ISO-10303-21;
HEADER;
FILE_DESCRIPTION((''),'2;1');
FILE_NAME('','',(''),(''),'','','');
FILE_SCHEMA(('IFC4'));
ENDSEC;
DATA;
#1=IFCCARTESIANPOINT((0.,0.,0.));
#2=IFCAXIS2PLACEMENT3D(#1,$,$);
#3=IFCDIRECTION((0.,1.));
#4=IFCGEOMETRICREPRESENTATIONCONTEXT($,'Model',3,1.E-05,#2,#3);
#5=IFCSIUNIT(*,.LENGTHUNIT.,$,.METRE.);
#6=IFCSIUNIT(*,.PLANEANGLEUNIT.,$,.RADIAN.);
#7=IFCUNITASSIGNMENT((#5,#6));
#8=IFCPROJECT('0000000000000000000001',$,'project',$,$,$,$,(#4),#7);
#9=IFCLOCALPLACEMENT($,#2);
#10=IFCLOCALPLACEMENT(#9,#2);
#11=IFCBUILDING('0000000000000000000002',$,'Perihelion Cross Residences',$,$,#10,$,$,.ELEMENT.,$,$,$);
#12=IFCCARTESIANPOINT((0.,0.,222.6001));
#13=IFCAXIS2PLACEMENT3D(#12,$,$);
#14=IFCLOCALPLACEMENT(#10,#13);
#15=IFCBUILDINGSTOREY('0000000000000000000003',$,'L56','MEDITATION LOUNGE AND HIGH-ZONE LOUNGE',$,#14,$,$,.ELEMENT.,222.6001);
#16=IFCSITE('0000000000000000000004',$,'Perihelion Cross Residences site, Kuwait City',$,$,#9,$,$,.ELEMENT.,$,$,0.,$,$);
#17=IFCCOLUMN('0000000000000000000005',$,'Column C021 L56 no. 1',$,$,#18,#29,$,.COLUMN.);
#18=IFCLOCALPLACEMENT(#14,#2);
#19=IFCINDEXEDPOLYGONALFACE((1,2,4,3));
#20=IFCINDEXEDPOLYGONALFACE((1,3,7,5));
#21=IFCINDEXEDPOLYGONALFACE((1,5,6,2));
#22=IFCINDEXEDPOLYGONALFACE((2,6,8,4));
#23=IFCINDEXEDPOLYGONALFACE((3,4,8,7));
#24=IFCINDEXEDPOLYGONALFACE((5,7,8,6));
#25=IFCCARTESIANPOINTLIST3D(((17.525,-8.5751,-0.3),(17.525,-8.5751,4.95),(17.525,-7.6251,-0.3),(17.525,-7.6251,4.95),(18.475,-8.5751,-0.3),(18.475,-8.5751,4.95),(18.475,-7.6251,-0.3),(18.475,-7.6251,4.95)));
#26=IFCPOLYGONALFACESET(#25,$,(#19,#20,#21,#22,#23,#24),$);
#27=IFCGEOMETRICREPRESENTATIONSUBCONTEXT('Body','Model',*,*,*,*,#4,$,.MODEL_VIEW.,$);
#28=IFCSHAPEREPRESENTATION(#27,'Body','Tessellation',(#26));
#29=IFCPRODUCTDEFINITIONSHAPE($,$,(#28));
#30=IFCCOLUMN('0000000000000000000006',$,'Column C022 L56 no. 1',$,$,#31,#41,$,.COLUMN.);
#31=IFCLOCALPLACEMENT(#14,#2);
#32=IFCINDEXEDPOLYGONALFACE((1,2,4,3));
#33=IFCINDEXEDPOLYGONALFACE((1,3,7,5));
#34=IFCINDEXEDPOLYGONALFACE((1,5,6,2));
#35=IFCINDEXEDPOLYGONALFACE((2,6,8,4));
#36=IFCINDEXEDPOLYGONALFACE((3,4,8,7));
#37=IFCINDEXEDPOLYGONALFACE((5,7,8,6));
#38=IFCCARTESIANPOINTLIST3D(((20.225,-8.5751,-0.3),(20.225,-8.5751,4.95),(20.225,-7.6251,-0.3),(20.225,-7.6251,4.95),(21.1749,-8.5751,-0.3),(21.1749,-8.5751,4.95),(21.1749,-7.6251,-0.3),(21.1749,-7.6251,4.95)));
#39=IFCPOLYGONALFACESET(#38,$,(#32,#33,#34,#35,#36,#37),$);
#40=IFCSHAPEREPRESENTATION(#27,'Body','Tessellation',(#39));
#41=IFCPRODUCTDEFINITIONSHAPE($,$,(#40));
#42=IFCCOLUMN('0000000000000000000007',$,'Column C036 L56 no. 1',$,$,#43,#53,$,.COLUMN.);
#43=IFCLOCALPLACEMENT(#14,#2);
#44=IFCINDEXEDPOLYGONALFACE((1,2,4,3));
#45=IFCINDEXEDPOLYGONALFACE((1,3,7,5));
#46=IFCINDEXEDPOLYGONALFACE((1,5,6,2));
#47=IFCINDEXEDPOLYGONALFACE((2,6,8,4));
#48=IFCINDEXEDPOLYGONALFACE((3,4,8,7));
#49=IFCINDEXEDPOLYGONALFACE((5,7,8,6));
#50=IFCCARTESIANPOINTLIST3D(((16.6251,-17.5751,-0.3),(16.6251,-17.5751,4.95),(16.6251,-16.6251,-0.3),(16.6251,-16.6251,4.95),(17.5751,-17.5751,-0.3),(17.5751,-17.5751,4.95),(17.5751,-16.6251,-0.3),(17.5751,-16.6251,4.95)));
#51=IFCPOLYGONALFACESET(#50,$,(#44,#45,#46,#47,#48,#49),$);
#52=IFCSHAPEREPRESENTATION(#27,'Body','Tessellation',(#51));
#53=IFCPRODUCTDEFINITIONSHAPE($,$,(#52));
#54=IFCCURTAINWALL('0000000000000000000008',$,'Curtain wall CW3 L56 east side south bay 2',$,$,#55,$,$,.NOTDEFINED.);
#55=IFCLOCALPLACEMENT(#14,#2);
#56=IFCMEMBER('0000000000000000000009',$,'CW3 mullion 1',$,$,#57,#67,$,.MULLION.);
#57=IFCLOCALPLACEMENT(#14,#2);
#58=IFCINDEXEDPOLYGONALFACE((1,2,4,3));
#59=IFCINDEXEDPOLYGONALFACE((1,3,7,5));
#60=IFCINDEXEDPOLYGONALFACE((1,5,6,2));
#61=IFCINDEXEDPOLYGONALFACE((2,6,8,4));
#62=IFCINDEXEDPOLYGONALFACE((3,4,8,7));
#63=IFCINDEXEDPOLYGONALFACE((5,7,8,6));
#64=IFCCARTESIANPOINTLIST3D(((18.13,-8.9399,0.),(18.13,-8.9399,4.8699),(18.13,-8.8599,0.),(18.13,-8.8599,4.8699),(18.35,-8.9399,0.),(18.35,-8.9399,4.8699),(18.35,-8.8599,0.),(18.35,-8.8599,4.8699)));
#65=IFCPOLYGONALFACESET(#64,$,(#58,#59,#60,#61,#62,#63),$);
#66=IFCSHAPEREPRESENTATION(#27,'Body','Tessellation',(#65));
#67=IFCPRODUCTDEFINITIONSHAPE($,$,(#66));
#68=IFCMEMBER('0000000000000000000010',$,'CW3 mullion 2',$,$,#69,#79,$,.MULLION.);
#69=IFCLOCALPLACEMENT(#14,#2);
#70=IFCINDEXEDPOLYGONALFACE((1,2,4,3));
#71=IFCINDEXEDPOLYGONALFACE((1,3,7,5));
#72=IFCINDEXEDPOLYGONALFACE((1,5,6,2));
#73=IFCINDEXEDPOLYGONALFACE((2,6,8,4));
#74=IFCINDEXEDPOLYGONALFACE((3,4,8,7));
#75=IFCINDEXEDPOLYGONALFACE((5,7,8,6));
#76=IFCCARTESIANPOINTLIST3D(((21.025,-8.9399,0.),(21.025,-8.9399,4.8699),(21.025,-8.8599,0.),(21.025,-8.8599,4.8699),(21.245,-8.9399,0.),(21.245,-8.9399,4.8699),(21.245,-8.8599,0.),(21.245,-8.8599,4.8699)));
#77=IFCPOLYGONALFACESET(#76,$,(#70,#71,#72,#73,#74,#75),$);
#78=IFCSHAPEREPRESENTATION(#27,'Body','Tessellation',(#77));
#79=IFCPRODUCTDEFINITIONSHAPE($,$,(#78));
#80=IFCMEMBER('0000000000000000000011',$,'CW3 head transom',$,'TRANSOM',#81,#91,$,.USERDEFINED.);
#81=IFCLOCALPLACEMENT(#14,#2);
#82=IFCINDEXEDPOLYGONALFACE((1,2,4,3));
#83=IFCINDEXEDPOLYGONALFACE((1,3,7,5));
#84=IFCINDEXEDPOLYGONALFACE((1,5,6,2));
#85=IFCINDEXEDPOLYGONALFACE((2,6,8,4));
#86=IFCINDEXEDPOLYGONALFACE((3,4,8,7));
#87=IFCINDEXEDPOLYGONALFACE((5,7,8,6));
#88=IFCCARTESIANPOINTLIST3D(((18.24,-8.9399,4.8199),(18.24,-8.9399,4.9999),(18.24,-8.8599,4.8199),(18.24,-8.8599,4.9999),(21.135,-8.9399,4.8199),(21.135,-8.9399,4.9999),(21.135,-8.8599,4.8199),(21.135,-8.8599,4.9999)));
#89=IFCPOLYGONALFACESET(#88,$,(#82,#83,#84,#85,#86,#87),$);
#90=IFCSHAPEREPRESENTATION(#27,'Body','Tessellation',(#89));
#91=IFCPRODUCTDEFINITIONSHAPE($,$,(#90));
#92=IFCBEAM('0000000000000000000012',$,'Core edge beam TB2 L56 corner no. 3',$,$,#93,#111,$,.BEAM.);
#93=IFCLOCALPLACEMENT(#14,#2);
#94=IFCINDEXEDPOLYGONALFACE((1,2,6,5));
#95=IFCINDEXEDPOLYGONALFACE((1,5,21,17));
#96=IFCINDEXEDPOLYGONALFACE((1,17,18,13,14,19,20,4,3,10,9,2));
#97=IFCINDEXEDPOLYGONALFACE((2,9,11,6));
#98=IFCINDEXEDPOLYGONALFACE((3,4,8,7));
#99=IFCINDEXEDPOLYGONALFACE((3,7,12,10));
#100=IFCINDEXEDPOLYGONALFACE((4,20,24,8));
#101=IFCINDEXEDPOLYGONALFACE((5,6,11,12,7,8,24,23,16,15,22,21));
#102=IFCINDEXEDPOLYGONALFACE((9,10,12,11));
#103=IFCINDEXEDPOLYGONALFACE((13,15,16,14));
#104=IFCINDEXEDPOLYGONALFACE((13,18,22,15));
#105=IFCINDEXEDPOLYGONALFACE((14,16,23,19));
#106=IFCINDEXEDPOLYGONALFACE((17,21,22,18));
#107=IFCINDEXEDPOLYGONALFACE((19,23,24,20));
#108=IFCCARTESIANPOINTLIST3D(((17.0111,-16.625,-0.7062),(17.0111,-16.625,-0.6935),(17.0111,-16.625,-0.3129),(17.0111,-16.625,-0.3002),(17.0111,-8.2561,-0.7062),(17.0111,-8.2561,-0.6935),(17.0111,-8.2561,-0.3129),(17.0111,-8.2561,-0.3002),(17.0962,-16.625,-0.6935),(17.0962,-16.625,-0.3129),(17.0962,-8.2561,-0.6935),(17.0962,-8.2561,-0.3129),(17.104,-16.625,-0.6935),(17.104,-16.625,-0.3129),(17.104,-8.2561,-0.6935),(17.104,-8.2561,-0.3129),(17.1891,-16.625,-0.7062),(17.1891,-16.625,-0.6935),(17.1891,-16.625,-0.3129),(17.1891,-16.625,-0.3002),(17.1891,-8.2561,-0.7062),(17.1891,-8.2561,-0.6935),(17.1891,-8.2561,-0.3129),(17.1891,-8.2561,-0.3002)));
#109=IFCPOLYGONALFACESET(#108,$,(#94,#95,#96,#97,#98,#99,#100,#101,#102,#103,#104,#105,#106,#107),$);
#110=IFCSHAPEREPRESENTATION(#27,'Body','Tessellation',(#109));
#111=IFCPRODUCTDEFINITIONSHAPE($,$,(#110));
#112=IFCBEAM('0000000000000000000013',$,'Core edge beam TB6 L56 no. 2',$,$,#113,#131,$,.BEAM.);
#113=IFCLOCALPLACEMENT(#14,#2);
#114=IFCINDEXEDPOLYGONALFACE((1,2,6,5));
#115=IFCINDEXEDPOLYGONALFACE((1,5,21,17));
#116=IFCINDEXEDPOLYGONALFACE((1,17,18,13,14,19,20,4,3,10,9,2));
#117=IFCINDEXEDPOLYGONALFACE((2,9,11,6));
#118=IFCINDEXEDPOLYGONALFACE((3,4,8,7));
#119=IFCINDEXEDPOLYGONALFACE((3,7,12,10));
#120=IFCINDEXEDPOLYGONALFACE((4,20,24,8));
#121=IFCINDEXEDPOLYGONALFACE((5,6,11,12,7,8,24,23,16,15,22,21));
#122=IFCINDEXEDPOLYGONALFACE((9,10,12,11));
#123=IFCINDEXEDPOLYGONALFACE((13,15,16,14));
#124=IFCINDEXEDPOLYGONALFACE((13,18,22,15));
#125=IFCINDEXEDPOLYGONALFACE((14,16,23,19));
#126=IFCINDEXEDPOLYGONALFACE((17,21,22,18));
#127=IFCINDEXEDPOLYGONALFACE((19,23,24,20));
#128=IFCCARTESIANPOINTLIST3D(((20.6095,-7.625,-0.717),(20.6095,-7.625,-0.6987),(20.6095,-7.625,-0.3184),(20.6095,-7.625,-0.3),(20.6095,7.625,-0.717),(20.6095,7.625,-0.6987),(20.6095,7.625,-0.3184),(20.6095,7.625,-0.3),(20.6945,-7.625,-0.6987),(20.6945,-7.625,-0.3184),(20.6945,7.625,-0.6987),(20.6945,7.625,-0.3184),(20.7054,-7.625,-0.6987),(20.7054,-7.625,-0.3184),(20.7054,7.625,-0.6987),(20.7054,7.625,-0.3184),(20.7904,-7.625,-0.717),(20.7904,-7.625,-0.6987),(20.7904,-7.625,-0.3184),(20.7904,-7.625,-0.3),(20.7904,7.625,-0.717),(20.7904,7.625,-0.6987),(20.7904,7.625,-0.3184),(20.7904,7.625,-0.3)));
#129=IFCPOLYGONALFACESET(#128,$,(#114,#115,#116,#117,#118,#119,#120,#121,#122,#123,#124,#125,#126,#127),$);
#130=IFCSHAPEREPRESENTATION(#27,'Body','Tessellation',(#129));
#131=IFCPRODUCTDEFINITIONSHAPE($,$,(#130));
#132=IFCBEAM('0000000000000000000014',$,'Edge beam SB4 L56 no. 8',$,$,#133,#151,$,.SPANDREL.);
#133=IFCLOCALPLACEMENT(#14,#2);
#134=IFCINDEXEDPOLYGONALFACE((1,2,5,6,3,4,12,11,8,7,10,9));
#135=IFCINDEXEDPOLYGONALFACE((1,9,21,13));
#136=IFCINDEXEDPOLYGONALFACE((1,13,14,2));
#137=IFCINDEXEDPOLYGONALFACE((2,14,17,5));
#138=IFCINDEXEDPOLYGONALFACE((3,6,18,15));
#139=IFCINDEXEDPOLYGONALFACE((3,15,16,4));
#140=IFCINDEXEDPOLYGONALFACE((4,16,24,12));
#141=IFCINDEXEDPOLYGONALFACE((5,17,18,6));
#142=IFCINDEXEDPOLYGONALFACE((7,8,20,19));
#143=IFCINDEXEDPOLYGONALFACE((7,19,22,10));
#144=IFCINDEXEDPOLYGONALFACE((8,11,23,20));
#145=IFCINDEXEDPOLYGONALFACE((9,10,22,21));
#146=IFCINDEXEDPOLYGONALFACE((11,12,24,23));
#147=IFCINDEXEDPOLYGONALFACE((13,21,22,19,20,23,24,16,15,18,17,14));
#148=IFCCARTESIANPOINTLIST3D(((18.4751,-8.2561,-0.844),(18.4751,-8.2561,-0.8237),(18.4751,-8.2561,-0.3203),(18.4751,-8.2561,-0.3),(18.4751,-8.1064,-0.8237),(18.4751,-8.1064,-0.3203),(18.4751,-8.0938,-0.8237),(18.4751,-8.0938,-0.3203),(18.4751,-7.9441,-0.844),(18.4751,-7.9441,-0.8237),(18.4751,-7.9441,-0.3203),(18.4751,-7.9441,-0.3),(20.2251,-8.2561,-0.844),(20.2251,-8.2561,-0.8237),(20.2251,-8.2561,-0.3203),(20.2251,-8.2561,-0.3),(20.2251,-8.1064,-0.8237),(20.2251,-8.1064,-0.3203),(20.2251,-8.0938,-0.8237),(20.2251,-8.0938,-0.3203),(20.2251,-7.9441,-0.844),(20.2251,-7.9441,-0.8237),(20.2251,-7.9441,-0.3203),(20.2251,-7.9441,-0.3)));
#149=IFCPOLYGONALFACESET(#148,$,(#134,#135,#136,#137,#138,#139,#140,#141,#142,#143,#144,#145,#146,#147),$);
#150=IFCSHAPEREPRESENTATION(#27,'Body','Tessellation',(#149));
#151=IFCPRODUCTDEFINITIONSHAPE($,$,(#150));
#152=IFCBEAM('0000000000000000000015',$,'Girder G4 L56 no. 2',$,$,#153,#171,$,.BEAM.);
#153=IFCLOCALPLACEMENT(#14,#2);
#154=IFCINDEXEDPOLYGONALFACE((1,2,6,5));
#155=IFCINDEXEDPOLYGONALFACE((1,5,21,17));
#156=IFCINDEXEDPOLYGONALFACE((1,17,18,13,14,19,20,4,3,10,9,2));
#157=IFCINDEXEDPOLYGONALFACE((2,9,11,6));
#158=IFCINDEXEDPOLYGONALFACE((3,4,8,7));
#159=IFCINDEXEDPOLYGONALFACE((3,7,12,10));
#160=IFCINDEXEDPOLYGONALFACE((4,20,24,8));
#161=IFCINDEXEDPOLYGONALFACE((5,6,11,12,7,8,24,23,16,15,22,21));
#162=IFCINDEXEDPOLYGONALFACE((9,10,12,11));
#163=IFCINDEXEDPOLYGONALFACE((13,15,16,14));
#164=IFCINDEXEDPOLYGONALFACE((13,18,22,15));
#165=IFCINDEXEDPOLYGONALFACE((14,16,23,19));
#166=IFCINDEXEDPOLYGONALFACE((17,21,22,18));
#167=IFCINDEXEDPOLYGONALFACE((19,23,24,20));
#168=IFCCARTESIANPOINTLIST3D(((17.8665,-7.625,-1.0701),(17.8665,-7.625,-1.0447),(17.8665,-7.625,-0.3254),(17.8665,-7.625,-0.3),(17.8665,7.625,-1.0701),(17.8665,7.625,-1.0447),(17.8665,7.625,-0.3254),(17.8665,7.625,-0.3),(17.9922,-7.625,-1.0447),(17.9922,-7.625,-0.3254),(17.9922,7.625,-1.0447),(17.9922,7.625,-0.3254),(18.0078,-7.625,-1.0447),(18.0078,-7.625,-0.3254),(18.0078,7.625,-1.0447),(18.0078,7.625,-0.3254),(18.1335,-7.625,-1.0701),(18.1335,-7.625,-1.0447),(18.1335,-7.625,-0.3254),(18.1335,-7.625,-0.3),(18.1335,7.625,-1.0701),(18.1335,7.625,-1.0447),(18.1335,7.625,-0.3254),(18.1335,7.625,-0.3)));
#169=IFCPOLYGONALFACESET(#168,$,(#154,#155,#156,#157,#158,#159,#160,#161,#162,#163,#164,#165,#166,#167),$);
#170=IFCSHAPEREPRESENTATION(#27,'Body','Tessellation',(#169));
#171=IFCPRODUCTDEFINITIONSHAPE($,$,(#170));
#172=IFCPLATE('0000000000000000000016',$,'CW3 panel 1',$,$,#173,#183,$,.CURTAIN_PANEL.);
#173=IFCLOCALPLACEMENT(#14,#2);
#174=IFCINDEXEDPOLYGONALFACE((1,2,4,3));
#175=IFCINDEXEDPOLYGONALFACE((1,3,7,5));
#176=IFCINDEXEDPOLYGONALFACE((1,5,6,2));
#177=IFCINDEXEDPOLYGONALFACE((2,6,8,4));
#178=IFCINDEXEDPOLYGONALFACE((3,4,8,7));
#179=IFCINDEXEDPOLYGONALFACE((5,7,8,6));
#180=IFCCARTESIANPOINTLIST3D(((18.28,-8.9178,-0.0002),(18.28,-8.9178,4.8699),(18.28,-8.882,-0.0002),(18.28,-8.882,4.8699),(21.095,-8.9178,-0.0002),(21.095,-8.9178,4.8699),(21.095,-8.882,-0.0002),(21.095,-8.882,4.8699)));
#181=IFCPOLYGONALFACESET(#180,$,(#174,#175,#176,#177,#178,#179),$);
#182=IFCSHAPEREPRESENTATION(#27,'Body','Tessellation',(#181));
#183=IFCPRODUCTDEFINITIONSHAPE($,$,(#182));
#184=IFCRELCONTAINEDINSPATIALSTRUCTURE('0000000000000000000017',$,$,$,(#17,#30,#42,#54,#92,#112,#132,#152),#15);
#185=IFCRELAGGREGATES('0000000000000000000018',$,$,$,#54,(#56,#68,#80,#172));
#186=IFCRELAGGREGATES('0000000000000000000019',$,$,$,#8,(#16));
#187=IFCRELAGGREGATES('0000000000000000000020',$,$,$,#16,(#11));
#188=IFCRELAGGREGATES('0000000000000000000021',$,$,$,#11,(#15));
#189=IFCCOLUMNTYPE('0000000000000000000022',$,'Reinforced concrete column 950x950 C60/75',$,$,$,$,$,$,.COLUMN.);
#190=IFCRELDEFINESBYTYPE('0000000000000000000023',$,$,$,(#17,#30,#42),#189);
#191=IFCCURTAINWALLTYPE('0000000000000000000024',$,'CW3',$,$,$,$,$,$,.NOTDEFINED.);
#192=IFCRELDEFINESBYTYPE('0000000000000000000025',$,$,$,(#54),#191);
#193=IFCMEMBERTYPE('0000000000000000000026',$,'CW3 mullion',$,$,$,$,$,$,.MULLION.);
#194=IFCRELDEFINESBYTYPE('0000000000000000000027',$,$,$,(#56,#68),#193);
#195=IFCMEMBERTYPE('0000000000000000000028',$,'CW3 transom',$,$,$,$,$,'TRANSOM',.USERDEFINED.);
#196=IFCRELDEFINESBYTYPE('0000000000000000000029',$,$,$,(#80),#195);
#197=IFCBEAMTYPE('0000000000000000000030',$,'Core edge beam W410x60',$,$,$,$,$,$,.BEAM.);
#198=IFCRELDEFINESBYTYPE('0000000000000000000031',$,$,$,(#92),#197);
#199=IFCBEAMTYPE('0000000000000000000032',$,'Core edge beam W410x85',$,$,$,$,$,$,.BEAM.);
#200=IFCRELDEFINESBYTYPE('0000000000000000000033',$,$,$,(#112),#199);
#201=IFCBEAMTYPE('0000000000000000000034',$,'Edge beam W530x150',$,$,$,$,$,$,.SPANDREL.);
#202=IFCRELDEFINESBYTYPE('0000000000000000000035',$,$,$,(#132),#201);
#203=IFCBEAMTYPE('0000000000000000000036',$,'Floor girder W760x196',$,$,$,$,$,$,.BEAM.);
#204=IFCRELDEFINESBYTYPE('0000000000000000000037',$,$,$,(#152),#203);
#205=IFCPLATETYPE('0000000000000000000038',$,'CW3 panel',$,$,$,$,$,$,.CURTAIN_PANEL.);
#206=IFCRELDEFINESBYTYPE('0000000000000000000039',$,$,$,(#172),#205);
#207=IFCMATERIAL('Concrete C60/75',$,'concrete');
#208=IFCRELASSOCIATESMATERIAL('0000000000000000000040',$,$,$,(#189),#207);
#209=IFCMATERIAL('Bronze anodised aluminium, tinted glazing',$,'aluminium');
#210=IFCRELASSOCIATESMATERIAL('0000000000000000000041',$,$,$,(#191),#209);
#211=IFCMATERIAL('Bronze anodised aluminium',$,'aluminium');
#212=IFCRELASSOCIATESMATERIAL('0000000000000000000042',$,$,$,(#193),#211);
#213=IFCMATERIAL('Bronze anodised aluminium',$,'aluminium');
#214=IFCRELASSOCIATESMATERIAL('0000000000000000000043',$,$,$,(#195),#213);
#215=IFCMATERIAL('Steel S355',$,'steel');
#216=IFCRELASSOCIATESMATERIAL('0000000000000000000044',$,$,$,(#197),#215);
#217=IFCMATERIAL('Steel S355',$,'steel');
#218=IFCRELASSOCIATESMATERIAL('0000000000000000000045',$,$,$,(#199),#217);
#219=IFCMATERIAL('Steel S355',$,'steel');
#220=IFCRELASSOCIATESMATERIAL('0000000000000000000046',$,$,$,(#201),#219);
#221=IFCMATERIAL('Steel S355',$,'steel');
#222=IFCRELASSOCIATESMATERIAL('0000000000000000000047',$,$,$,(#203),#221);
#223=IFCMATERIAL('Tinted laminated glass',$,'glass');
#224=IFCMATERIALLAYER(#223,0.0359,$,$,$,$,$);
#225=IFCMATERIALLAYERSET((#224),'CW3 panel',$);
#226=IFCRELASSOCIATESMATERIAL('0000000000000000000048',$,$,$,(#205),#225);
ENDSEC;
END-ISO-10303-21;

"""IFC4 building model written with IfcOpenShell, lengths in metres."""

from ifc_helpers import new_model, si_unit, direction, frame, origin, origin_2d, place, context, subcontext, project, spatial, rectangle, i_section, extrude, material, layer, layer_set, material_profile, profile_set, type_object, element, aggregate, save


model = new_model("IFC4")

# Units and contexts
model_context = context("Model", 3, precision=1e-05, world=origin(), true_north=direction((0.0, 1.0)))
body_context = subcontext(model_context, "Body", "Model", "MODEL_VIEW")
ifc_project = project(units=[si_unit("LENGTHUNIT", "METRE"), si_unit("PLANEANGLEUNIT", "RADIAN")], contexts=[model_context])

# Site, building, storey
site_placement = place(None, origin())
site = spatial("IfcSite", under=ifc_project, at=site_placement, Name="Perihelion Cross Residences site, Kuwait City", CompositionType="ELEMENT", RefElevation=0.0)
building_placement = place(site_placement, origin())
building = spatial("IfcBuilding", under=site, at=building_placement, Name="Perihelion Cross Residences", CompositionType="ELEMENT")
storey_placement = place(building_placement, frame((0.0, 0.0, 222.6001)))
storey = spatial("IfcBuildingStorey", under=building, at=storey_placement, Name="L56", Description="MEDITATION LOUNGE AND HIGH-ZONE LOUNGE", CompositionType="ELEMENT", Elevation=222.6001)

# Columns
ifc_material_1 = material(Name="Concrete C60/75", Category="concrete")
ifc_material_profile_1 = material_profile(ifc_material_1, rectangle(XDim=0.95, YDim=0.95, at=origin_2d()), Name="RC 950x950")
ifc_profile_set_1 = profile_set([ifc_material_profile_1], Name="Concrete C60/75")
column_type = type_object("IfcColumnType", Name="Reinforced concrete column 950x950 C60/75", PredefinedType="COLUMN", material=ifc_profile_set_1)
for number, where, z_axis, x_axis, name in (
    (1, (18.0, -8.1001, -0.3), (0.0, 0.0, 1.0), (1.0, 0.0, 0.0), "Column C021 L56 no. 1"),
    (2, (20.7, -8.1001, -0.3), (0.0, 0.0, 1.0), (1.0, 0.0, 0.0), "Column C022 L56 no. 1"),
    (3, (17.1001, -17.1001, -0.3), (0.0, 0.0, 1.0), (1.0, 0.0, 0.0), "Column C036 L56 no. 1"),
):
    element("IfcColumn", number, at=place(storey_placement, frame(where, z_axis=z_axis, x_axis=x_axis)), inside=storey, type_object=column_type, Name=name, PredefinedType="COLUMN", context=body_context, shape_type="SweptSolid", body=[
        extrude(rectangle(XDim=0.95, YDim=0.95, at=origin_2d()), origin(), (0.0, 0.0, 1.0), 5.25),
    ])

# Curtain wall, members
ifc_material_2 = material(Name="Bronze anodised aluminium, tinted glazing", Category="aluminium")
curtain_wall_type = type_object("IfcCurtainWallType", Name="CW3", PredefinedType="NOTDEFINED", material=ifc_material_2)
curtain_wall_placement = place(storey_placement, origin())
curtain_wall = element("IfcCurtainWall", 4, at=curtain_wall_placement, inside=storey, type_object=curtain_wall_type, Name="Curtain wall CW3 L56 east side south bay 2", PredefinedType="NOTDEFINED")
ifc_material_3 = material(Name="Bronze anodised aluminium", Category="aluminium")
ifc_material_profile_2 = material_profile(ifc_material_3, rectangle(XDim=0.0801, YDim=0.22, at=origin_2d()), Name="CW3 mullion")
ifc_profile_set_2 = profile_set([ifc_material_profile_2], Name="Bronze anodised aluminium")
member_type_1 = type_object("IfcMemberType", Name="CW3 mullion", PredefinedType="MULLION", material=ifc_profile_set_2)
member_1_placement = place(storey_placement, frame((18.24, -8.8999, 0.0), z_axis=(0.0, 0.0, 1.0), x_axis=(0.0, 1.0, 0.0)))
member_1 = element("IfcMember", 5, at=member_1_placement, type_object=member_type_1, Name="CW3 mullion 1", PredefinedType="MULLION", context=body_context, shape_type="SweptSolid", body=[
    extrude(rectangle(XDim=0.0801, YDim=0.22, at=origin_2d()), origin(), (0.0, 0.0, 1.0), 4.8699),
])
member_2_placement = place(storey_placement, frame((21.135, -8.8999, 0.0), z_axis=(0.0, 0.0, 1.0), x_axis=(0.0, 1.0, 0.0)))
member_2 = element("IfcMember", 6, at=member_2_placement, type_object=member_type_1, Name="CW3 mullion 2", PredefinedType="MULLION", context=body_context, shape_type="SweptSolid", body=[
    extrude(rectangle(XDim=0.0801, YDim=0.22, at=origin_2d()), origin(), (0.0, 0.0, 1.0), 4.8699),
])
ifc_material_4 = material(Name="Bronze anodised aluminium", Category="aluminium")
ifc_material_profile_3 = material_profile(ifc_material_4, rectangle(XDim=0.0801, YDim=0.1799, at=origin_2d()), Name="CW3 transom")
ifc_profile_set_3 = profile_set([ifc_material_profile_3], Name="Bronze anodised aluminium")
member_type_2 = type_object("IfcMemberType", Name="CW3 transom", ElementType="TRANSOM", PredefinedType="USERDEFINED", material=ifc_profile_set_3)
member_3_placement = place(storey_placement, frame((18.24, -8.8999, 4.9099), z_axis=(1.0, 0.0, 0.0), x_axis=(0.0, 1.0, 0.0)))
member_3 = element("IfcMember", 7, at=member_3_placement, type_object=member_type_2, Name="CW3 head transom", ObjectType="TRANSOM", PredefinedType="USERDEFINED", context=body_context, shape_type="SweptSolid", body=[
    extrude(rectangle(XDim=0.0801, YDim=0.1799, at=origin_2d()), origin(), (0.0, 0.0, 1.0), 2.895),
])

# Beams
ifc_material_5 = material(Name="Steel S355", Category="steel")
ifc_material_profile_4 = material_profile(ifc_material_5, i_section(OverallWidth=0.178, OverallDepth=0.406, WebThickness=0.0078, FlangeThickness=0.0127, at=origin_2d()), Name="W410x60")
ifc_profile_set_4 = profile_set([ifc_material_profile_4], Name="Steel S355")
beam_type_1 = type_object("IfcBeamType", Name="Core edge beam W410x60", PredefinedType="BEAM", material=ifc_profile_set_4)
beam_1_placement = place(storey_placement, frame((17.1001, -8.2561, -0.5032), z_axis=(0.0, -1.0, 0.0), x_axis=(1.0, 0.0, 0.0)))
element("IfcBeam", 8, at=beam_1_placement, inside=storey, type_object=beam_type_1, Name="Core edge beam TB2 L56 corner no. 3", PredefinedType="BEAM", context=body_context, shape_type="SweptSolid", body=[
    extrude(i_section(OverallWidth=0.178, OverallDepth=0.406, WebThickness=0.0078, FlangeThickness=0.0127, at=origin_2d()), origin(), (0.0, 0.0, 1.0), 8.3689),
])
ifc_material_6 = material(Name="Steel S355", Category="steel")
ifc_material_profile_5 = material_profile(ifc_material_6, i_section(OverallWidth=0.1809, OverallDepth=0.417, WebThickness=0.011, FlangeThickness=0.0183, at=origin_2d()), Name="W410x85")
ifc_profile_set_5 = profile_set([ifc_material_profile_5], Name="Steel S355")
beam_type_2 = type_object("IfcBeamType", Name="Core edge beam W410x85", PredefinedType="BEAM", material=ifc_profile_set_5)
beam_2_placement = place(storey_placement, frame((20.7, -7.625, -0.5085), z_axis=(0.0, 1.0, 0.0), x_axis=(-1.0, 0.0, 0.0)))
element("IfcBeam", 9, at=beam_2_placement, inside=storey, type_object=beam_type_2, Name="Core edge beam TB6 L56 no. 2", PredefinedType="BEAM", context=body_context, shape_type="SweptSolid", body=[
    extrude(i_section(OverallWidth=0.1809, OverallDepth=0.417, WebThickness=0.011, FlangeThickness=0.0183, at=origin_2d()), origin(), (0.0, 0.0, 1.0), 15.25),
])
ifc_material_7 = material(Name="Steel S355", Category="steel")
ifc_material_profile_6 = material_profile(ifc_material_7, i_section(OverallWidth=0.312, OverallDepth=0.5439, WebThickness=0.0127, FlangeThickness=0.0203, at=origin_2d()), Name="W530x150")
ifc_profile_set_6 = profile_set([ifc_material_profile_6], Name="Steel S355")
beam_type_3 = type_object("IfcBeamType", Name="Edge beam W530x150", PredefinedType="SPANDREL", material=ifc_profile_set_6)
beam_3_placement = place(storey_placement, frame((18.4751, -8.1001, -0.572), z_axis=(1.0, 0.0, 0.0), x_axis=(0.0, 1.0, 0.0)))
element("IfcBeam", 10, at=beam_3_placement, inside=storey, type_object=beam_type_3, Name="Edge beam SB4 L56 no. 8", PredefinedType="SPANDREL", context=body_context, shape_type="SweptSolid", body=[
    extrude(i_section(OverallWidth=0.312, OverallDepth=0.5439, WebThickness=0.0127, FlangeThickness=0.0203, at=origin_2d()), origin(), (0.0, 0.0, 1.0), 1.75),
])
ifc_material_8 = material(Name="Steel S355", Category="steel")
ifc_material_profile_7 = material_profile(ifc_material_8, i_section(OverallWidth=0.2671, OverallDepth=0.77, WebThickness=0.0156, FlangeThickness=0.0254, at=origin_2d()), Name="W760x196")
ifc_profile_set_7 = profile_set([ifc_material_profile_7], Name="Steel S355")
beam_type_4 = type_object("IfcBeamType", Name="Floor girder W760x196", PredefinedType="BEAM", material=ifc_profile_set_7)
beam_4_placement = place(storey_placement, frame((18.0, -7.625, -0.6851), z_axis=(0.0, 1.0, 0.0), x_axis=(-1.0, 0.0, 0.0)))
element("IfcBeam", 11, at=beam_4_placement, inside=storey, type_object=beam_type_4, Name="Girder G4 L56 no. 2", PredefinedType="BEAM", context=body_context, shape_type="SweptSolid", body=[
    extrude(i_section(OverallWidth=0.2671, OverallDepth=0.77, WebThickness=0.0156, FlangeThickness=0.0254, at=origin_2d()), origin(), (0.0, 0.0, 1.0), 15.25),
])

# Plate
ifc_material_9 = material(Name="Tinted laminated glass", Category="glass")
ifc_layer_1 = layer(ifc_material_9, 0.0359)
ifc_layer_set_1 = layer_set([ifc_layer_1], Name="CW3 panel")
plate_type = type_object("IfcPlateType", Name="CW3 panel", PredefinedType="CURTAIN_PANEL", material=ifc_layer_set_1)
plate_placement = place(storey_placement, frame((19.6875, -8.8999, -0.0002), z_axis=(0.0, 0.0, 1.0), x_axis=(1.0, 0.0, 0.0)))
plate = element("IfcPlate", 12, at=plate_placement, type_object=plate_type, Name="CW3 panel 1", PredefinedType="CURTAIN_PANEL", context=body_context, shape_type="SweptSolid", body=[
    extrude(rectangle(XDim=2.8149, YDim=0.0359, at=origin_2d()), origin(), (0.0, 0.0, 1.0), 4.8701),
])
aggregate(curtain_wall, [member_1, member_2, member_3, plate])

save(model, "model.ifc")
